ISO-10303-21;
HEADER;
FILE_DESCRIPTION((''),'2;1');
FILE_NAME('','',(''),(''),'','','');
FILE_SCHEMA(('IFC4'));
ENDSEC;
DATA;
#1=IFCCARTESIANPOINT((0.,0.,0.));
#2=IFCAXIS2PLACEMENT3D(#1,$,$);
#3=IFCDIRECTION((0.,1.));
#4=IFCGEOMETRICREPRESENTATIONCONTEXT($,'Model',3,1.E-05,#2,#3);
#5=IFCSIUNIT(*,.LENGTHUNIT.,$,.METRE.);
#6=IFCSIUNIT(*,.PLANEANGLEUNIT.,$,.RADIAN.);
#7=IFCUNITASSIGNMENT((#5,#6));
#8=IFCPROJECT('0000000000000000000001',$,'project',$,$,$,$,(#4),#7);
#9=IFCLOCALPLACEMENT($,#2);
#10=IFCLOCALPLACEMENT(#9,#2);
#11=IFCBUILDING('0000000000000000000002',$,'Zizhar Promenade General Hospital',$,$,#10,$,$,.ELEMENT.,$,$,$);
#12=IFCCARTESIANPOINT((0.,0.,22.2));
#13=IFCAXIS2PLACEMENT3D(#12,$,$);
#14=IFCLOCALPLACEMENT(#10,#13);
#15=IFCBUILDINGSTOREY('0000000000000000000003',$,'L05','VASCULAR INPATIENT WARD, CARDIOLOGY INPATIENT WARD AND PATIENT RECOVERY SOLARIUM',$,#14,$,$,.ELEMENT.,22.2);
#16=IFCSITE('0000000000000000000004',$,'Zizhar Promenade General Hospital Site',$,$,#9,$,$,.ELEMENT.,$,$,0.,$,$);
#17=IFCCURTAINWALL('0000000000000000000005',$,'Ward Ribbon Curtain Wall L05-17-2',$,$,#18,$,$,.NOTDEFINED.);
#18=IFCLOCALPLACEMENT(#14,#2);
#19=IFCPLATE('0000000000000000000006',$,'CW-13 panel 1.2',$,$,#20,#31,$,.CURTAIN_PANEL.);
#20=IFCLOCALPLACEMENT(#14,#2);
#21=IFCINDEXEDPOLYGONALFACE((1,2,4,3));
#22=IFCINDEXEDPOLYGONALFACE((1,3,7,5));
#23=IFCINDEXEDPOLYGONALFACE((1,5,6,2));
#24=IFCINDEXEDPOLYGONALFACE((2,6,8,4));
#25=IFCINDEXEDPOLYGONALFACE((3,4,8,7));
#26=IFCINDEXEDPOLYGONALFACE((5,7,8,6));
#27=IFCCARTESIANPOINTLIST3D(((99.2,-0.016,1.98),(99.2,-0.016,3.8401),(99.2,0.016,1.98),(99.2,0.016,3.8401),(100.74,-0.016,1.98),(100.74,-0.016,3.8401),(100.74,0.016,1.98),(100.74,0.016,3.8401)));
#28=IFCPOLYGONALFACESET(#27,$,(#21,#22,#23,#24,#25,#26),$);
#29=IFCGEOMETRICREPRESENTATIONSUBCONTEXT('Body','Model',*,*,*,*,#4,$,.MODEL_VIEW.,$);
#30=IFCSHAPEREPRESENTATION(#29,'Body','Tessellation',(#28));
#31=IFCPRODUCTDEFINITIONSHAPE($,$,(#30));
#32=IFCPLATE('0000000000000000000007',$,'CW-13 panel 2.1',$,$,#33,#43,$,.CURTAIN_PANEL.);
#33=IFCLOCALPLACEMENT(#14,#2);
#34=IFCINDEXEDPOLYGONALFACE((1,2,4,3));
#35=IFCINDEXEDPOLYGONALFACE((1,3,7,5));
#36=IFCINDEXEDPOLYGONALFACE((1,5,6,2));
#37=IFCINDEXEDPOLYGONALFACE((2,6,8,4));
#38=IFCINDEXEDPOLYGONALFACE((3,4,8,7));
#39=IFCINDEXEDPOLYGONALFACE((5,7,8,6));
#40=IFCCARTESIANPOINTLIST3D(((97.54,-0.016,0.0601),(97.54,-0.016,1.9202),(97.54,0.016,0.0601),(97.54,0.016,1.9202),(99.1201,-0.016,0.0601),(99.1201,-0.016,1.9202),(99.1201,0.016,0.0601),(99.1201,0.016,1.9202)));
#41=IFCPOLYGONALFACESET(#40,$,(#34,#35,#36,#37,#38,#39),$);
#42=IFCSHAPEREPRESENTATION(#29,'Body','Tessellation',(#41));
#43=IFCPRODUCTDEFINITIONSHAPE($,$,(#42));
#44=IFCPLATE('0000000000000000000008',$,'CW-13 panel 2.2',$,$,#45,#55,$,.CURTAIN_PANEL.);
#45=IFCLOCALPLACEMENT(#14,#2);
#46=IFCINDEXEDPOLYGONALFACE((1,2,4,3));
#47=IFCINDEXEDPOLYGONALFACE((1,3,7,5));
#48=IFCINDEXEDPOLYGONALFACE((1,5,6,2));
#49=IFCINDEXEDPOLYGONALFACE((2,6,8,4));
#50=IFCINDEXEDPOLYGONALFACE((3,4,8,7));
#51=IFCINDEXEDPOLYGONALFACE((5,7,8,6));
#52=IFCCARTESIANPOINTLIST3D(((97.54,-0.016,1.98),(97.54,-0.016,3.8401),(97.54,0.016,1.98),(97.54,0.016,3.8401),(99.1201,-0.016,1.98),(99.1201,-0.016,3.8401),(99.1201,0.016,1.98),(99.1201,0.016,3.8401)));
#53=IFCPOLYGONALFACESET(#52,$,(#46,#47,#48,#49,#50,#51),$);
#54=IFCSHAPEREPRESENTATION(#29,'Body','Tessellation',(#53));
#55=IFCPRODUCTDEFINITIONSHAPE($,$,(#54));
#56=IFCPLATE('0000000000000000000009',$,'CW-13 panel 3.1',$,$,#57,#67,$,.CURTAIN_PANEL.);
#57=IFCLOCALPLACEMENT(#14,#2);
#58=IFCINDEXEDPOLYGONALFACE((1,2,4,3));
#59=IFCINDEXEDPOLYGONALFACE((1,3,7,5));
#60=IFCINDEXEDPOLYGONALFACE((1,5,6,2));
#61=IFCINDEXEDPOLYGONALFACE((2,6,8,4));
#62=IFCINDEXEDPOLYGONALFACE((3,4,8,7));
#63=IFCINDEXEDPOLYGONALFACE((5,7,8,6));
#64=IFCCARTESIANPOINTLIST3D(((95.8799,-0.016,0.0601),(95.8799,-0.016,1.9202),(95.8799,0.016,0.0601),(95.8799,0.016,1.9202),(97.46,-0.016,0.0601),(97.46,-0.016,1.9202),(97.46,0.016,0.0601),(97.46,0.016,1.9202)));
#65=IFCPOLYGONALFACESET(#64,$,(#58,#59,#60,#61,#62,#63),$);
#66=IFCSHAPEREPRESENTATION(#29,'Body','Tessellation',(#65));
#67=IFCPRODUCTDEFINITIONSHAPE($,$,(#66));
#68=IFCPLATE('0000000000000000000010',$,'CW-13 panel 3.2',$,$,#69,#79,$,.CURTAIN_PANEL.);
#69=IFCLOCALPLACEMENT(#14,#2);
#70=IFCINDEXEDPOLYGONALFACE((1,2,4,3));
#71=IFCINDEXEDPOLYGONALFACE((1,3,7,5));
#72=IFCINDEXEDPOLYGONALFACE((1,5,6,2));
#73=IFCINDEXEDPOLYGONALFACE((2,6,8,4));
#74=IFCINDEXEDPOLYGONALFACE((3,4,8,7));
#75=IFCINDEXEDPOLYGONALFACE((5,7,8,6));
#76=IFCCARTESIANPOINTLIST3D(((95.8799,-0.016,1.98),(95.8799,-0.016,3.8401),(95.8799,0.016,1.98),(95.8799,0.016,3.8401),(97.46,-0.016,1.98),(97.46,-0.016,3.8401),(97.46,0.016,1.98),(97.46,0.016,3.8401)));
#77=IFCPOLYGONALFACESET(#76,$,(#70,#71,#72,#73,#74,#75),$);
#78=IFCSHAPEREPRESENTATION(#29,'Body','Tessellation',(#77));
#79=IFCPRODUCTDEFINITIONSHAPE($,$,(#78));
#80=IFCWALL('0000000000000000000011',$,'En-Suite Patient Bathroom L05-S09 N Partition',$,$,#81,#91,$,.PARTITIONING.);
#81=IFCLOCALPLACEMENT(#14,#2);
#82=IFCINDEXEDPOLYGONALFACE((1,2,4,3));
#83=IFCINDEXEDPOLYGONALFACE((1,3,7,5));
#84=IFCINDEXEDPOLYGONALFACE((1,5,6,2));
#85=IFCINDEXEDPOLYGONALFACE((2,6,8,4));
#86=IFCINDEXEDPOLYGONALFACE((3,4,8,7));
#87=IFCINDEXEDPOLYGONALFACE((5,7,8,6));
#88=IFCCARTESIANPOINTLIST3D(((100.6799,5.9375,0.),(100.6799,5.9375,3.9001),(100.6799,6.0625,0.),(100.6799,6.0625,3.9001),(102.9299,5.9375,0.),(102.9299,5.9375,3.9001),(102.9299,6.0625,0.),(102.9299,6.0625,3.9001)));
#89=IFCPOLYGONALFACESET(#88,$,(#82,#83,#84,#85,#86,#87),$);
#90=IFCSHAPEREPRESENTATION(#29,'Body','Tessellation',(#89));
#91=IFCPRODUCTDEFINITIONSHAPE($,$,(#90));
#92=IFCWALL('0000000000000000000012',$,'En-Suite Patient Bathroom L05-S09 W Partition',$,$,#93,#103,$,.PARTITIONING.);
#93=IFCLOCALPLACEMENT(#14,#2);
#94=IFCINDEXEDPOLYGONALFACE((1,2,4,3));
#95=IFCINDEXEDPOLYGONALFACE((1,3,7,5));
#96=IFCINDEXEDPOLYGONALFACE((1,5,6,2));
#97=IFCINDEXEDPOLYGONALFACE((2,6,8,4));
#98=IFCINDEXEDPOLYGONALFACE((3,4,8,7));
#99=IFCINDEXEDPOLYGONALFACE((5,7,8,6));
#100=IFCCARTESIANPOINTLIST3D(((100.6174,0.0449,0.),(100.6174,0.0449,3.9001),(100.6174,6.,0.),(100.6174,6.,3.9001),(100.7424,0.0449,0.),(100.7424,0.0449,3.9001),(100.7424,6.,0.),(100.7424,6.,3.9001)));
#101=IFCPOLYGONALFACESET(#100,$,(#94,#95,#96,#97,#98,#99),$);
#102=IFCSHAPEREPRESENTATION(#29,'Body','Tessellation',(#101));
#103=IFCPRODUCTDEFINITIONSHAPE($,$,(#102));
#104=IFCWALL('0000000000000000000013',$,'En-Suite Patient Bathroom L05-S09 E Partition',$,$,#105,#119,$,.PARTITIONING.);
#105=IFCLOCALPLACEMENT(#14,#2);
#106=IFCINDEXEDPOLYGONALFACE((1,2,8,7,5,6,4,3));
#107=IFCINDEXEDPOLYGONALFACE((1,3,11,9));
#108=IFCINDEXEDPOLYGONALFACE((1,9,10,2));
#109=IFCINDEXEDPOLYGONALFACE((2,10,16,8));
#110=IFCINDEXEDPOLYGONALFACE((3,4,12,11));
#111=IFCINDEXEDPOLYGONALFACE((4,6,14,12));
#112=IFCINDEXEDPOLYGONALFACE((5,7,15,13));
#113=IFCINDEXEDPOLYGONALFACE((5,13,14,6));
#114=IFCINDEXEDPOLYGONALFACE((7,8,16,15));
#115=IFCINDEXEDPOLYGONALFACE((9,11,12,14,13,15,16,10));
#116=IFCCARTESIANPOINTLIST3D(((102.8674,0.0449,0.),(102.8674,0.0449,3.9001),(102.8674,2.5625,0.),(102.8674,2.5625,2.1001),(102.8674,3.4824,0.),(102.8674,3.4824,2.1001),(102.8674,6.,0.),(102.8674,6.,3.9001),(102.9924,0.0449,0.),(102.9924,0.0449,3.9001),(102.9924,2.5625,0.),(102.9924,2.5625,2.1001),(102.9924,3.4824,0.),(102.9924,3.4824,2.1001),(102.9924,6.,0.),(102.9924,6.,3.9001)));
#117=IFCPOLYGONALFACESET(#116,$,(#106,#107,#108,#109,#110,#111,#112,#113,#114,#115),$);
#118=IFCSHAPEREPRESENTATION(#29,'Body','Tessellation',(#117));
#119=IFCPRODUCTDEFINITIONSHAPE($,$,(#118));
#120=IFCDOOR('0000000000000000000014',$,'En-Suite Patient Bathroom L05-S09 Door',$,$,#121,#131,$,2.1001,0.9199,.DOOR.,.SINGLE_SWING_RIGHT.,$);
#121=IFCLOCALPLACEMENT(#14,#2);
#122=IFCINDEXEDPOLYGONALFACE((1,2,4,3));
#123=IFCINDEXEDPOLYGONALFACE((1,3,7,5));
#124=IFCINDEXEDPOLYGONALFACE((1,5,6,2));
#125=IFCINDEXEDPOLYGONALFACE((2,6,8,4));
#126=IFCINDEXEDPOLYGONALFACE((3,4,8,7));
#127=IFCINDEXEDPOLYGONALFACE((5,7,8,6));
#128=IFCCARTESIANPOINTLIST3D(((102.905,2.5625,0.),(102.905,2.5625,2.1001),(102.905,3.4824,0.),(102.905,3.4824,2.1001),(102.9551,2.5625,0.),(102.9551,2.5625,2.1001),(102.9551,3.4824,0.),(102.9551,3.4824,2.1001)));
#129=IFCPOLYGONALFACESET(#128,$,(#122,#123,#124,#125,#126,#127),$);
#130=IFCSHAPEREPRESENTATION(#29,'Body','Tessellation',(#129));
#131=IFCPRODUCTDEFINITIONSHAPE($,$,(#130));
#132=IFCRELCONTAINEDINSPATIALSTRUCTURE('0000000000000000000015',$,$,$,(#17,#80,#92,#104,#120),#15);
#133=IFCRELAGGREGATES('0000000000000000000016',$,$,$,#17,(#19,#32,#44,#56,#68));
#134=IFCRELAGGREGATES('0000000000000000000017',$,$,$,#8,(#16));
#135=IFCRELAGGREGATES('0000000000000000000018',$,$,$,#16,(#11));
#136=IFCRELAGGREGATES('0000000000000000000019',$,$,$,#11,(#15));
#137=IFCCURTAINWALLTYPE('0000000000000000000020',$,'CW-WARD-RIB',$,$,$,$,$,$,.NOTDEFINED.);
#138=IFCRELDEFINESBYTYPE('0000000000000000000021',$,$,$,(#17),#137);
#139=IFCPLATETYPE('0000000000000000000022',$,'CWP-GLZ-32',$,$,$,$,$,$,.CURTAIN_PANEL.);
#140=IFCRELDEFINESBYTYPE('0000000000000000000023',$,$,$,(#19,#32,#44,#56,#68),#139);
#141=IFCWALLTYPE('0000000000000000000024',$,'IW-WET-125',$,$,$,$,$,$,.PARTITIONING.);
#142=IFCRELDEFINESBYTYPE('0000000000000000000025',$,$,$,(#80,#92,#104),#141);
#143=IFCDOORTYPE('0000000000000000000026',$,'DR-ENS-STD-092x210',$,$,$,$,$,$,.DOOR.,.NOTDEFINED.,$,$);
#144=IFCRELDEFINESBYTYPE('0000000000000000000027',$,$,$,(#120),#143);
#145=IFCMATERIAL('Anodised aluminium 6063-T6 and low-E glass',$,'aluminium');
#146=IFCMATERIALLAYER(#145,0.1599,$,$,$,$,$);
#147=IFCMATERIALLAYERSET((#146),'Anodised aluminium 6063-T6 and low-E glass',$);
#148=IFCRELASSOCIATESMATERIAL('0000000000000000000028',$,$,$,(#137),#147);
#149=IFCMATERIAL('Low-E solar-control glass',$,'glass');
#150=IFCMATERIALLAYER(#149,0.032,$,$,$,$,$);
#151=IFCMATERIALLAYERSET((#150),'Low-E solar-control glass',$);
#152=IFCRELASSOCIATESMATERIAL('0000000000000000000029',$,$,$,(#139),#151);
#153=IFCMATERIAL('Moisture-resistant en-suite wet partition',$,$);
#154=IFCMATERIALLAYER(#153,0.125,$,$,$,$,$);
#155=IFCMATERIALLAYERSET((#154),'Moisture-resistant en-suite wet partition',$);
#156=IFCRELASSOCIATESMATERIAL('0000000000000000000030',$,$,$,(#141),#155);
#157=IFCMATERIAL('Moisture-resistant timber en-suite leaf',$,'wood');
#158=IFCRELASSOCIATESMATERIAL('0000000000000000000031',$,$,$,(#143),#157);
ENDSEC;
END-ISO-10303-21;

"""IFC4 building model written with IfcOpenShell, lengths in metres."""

from ifc_helpers import new_model, si_unit, direction, frame, frame_2d, origin, origin_2d, place, context, subcontext, project, spatial, rectangle, extrude, material, layer, layer_set, type_object, element, fill, aggregate, save


model = new_model("IFC4")

# Units and contexts
model_context = context("Model", 3, precision=1e-05, world=origin(), true_north=direction((0.0, 1.0)))
body_context = subcontext(model_context, "Body", "Model", "MODEL_VIEW")
ifc_project = project(units=[si_unit("LENGTHUNIT", "METRE"), si_unit("PLANEANGLEUNIT", "RADIAN")], contexts=[model_context])

# Site, building, storey
site_placement = place(None, origin())
site = spatial("IfcSite", under=ifc_project, at=site_placement, Name="Zizhar Promenade General Hospital Site", CompositionType="ELEMENT", RefElevation=0.0)
building_placement = place(site_placement, origin())
building = spatial("IfcBuilding", under=site, at=building_placement, Name="Zizhar Promenade General Hospital", CompositionType="ELEMENT")
storey_placement = place(building_placement, frame((0.0, 0.0, 22.2)))
storey = spatial("IfcBuildingStorey", under=building, at=storey_placement, Name="L05", Description="VASCULAR INPATIENT WARD, CARDIOLOGY INPATIENT WARD AND PATIENT RECOVERY SOLARIUM", CompositionType="ELEMENT", Elevation=22.2)

# Shared definitions
ifc_material_1 = material(Name="Anodised aluminium 6063-T6 and low-E glass", Category="aluminium")
ifc_layer_1 = layer(ifc_material_1, 0.1599)
ifc_layer_set_1 = layer_set([ifc_layer_1], Name="Anodised aluminium 6063-T6 and low-E glass")
curtain_wall_type = type_object("IfcCurtainWallType", Name="CW-WARD-RIB", PredefinedType="NOTDEFINED", material=ifc_layer_set_1)

# Curtain wall
curtain_wall_1_placement = place(storey_placement, origin())
curtain_wall_1 = element("IfcCurtainWall", 1, at=curtain_wall_1_placement, inside=storey, type_object=curtain_wall_type, Name="Ward Ribbon Curtain Wall L05-17-2", PredefinedType="NOTDEFINED")

# Plates
ifc_material_2 = material(Name="Low-E solar-control glass", Category="glass")
ifc_layer_2 = layer(ifc_material_2, 0.032)
ifc_layer_set_2 = layer_set([ifc_layer_2], Name="Low-E solar-control glass")
plate_type = type_object("IfcPlateType", Name="CWP-GLZ-32", PredefinedType="CURTAIN_PANEL", material=ifc_layer_set_2)
plate_1_placement = place(storey_placement, frame((99.97, 0.0, 1.98), z_axis=(0.0, 0.0, 1.0), x_axis=(-1.0, 0.0, 0.0)))
plate_1 = element("IfcPlate", 2, at=plate_1_placement, type_object=plate_type, Name="CW-13 panel 1.2", PredefinedType="CURTAIN_PANEL", context=body_context, shape_type="SweptSolid", body=[
    extrude(rectangle(XDim=1.54, YDim=0.032, at=origin_2d()), origin(), (0.0, 0.0, 1.0), 1.8601),
])
plate_2_placement = place(storey_placement, frame((98.3301, 0.0, 0.0601), z_axis=(0.0, 0.0, 1.0), x_axis=(-1.0, 0.0, 0.0)))
plate_2 = element("IfcPlate", 3, at=plate_2_placement, type_object=plate_type, Name="CW-13 panel 2.1", PredefinedType="CURTAIN_PANEL", context=body_context, shape_type="SweptSolid", body=[
    extrude(rectangle(XDim=1.5801, YDim=0.032, at=origin_2d()), origin(), (0.0, 0.0, 1.0), 1.8601),
])
plate_3_placement = place(storey_placement, frame((98.3301, 0.0, 1.98), z_axis=(0.0, 0.0, 1.0), x_axis=(-1.0, 0.0, 0.0)))
plate_3 = element("IfcPlate", 4, at=plate_3_placement, type_object=plate_type, Name="CW-13 panel 2.2", PredefinedType="CURTAIN_PANEL", context=body_context, shape_type="SweptSolid", body=[
    extrude(rectangle(XDim=1.5801, YDim=0.032, at=origin_2d()), origin(), (0.0, 0.0, 1.0), 1.8601),
])
plate_4_placement = place(storey_placement, frame((96.6699, 0.0, 0.0601), z_axis=(0.0, 0.0, 1.0), x_axis=(-1.0, 0.0, 0.0)))
plate_4 = element("IfcPlate", 5, at=plate_4_placement, type_object=plate_type, Name="CW-13 panel 3.1", PredefinedType="CURTAIN_PANEL", context=body_context, shape_type="SweptSolid", body=[
    extrude(rectangle(XDim=1.5801, YDim=0.032, at=origin_2d()), origin(), (0.0, 0.0, 1.0), 1.8601),
])
plate_5_placement = place(storey_placement, frame((96.6699, 0.0, 1.98), z_axis=(0.0, 0.0, 1.0), x_axis=(-1.0, 0.0, 0.0)))
plate_5 = element("IfcPlate", 6, at=plate_5_placement, type_object=plate_type, Name="CW-13 panel 3.2", PredefinedType="CURTAIN_PANEL", context=body_context, shape_type="SweptSolid", body=[
    extrude(rectangle(XDim=1.5801, YDim=0.032, at=origin_2d()), origin(), (0.0, 0.0, 1.0), 1.8601),
])
aggregate(curtain_wall_1, [plate_1, plate_2, plate_3, plate_4, plate_5])

# Walls
ifc_material_3 = material(Name="Moisture-resistant en-suite wet partition")
ifc_layer_3 = layer(ifc_material_3, 0.125)
ifc_layer_set_3 = layer_set([ifc_layer_3], Name="Moisture-resistant en-suite wet partition")
wall_type = type_object("IfcWallType", Name="IW-WET-125", PredefinedType="PARTITIONING", material=ifc_layer_set_3)
wall_1_placement = place(storey_placement, frame((100.6799, 6.0, 0.0), z_axis=(0.0, 0.0, 1.0), x_axis=(1.0, 0.0, 0.0)))
element("IfcWall", 7, at=wall_1_placement, inside=storey, type_object=wall_type, Name="En-Suite Patient Bathroom L05-S09 N Partition", PredefinedType="PARTITIONING", context=body_context, shape_type="SweptSolid", body=[
    extrude(rectangle(XDim=2.25, YDim=0.125, at=frame_2d((1.125, 0.0))), origin(), (0.0, 0.0, 1.0), 3.9001),
])
wall_2_placement = place(storey_placement, frame((100.6799, 0.0449, 0.0), z_axis=(0.0, 0.0, 1.0), x_axis=(0.0, 1.0, 0.0)))
element("IfcWall", 8, at=wall_2_placement, inside=storey, type_object=wall_type, Name="En-Suite Patient Bathroom L05-S09 W Partition", PredefinedType="PARTITIONING", context=body_context, shape_type="SweptSolid", body=[
    extrude(rectangle(XDim=5.9551, YDim=0.125, at=frame_2d((2.9775, 0.0))), origin(), (0.0, 0.0, 1.0), 3.9001),
])

# Wall, opening, door
wall_3_placement = place(storey_placement, frame((102.9299, 0.0449, 0.0), z_axis=(0.0, 0.0, 1.0), x_axis=(0.0, 1.0, 0.0)))
wall_3 = element("IfcWall", 9, at=wall_3_placement, inside=storey, type_object=wall_type, Name="En-Suite Patient Bathroom L05-S09 E Partition", PredefinedType="PARTITIONING", context=body_context, shape_type="SweptSolid", body=[
    extrude(rectangle(XDim=5.9551, YDim=0.125, at=frame_2d((2.9775, 0.0))), origin(), (0.0, 0.0, 1.0), 3.9001),
])
opening_placement = place(wall_3_placement, frame((2.5176, 0.0, 0.0)))
opening = element("IfcOpeningElement", 10, at=opening_placement, cuts=wall_3, PredefinedType="OPENING", context=body_context, shape_type="SweptSolid", body=[
    extrude(rectangle(XDim=0.9199, YDim=2.1001, at=frame_2d((0.46, 1.05))), frame((0.0, 0.0725, 0.0), z_axis=(0.0, -1.0, 0.0), x_axis=(1.0, 0.0, 0.0)), (0.0, 0.0, 1.0), 0.145),
])
ifc_material_4 = material(Name="Moisture-resistant timber en-suite leaf", Category="wood")
door_type = type_object("IfcDoorType", Name="DR-ENS-STD-092x210", OperationType="NOTDEFINED", PredefinedType="DOOR", material=ifc_material_4)
door_placement = place(opening_placement, origin())
door = element("IfcDoor", 11, at=door_placement, inside=storey, type_object=door_type, Name="En-Suite Patient Bathroom L05-S09 Door", OperationType="SINGLE_SWING_RIGHT", OverallHeight=2.1001, OverallWidth=0.9199, PredefinedType="DOOR", context=body_context, shape_type="SweptSolid", body=[
    extrude(rectangle(XDim=0.9199, YDim=2.1001, at=frame_2d((0.46, 1.05))), frame((0.0, 0.0249, 0.0), z_axis=(0.0, -1.0, 0.0), x_axis=(1.0, 0.0, 0.0)), (0.0, 0.0, 1.0), 0.05),
])
fill(opening, door)

save(model, "model.ifc")
